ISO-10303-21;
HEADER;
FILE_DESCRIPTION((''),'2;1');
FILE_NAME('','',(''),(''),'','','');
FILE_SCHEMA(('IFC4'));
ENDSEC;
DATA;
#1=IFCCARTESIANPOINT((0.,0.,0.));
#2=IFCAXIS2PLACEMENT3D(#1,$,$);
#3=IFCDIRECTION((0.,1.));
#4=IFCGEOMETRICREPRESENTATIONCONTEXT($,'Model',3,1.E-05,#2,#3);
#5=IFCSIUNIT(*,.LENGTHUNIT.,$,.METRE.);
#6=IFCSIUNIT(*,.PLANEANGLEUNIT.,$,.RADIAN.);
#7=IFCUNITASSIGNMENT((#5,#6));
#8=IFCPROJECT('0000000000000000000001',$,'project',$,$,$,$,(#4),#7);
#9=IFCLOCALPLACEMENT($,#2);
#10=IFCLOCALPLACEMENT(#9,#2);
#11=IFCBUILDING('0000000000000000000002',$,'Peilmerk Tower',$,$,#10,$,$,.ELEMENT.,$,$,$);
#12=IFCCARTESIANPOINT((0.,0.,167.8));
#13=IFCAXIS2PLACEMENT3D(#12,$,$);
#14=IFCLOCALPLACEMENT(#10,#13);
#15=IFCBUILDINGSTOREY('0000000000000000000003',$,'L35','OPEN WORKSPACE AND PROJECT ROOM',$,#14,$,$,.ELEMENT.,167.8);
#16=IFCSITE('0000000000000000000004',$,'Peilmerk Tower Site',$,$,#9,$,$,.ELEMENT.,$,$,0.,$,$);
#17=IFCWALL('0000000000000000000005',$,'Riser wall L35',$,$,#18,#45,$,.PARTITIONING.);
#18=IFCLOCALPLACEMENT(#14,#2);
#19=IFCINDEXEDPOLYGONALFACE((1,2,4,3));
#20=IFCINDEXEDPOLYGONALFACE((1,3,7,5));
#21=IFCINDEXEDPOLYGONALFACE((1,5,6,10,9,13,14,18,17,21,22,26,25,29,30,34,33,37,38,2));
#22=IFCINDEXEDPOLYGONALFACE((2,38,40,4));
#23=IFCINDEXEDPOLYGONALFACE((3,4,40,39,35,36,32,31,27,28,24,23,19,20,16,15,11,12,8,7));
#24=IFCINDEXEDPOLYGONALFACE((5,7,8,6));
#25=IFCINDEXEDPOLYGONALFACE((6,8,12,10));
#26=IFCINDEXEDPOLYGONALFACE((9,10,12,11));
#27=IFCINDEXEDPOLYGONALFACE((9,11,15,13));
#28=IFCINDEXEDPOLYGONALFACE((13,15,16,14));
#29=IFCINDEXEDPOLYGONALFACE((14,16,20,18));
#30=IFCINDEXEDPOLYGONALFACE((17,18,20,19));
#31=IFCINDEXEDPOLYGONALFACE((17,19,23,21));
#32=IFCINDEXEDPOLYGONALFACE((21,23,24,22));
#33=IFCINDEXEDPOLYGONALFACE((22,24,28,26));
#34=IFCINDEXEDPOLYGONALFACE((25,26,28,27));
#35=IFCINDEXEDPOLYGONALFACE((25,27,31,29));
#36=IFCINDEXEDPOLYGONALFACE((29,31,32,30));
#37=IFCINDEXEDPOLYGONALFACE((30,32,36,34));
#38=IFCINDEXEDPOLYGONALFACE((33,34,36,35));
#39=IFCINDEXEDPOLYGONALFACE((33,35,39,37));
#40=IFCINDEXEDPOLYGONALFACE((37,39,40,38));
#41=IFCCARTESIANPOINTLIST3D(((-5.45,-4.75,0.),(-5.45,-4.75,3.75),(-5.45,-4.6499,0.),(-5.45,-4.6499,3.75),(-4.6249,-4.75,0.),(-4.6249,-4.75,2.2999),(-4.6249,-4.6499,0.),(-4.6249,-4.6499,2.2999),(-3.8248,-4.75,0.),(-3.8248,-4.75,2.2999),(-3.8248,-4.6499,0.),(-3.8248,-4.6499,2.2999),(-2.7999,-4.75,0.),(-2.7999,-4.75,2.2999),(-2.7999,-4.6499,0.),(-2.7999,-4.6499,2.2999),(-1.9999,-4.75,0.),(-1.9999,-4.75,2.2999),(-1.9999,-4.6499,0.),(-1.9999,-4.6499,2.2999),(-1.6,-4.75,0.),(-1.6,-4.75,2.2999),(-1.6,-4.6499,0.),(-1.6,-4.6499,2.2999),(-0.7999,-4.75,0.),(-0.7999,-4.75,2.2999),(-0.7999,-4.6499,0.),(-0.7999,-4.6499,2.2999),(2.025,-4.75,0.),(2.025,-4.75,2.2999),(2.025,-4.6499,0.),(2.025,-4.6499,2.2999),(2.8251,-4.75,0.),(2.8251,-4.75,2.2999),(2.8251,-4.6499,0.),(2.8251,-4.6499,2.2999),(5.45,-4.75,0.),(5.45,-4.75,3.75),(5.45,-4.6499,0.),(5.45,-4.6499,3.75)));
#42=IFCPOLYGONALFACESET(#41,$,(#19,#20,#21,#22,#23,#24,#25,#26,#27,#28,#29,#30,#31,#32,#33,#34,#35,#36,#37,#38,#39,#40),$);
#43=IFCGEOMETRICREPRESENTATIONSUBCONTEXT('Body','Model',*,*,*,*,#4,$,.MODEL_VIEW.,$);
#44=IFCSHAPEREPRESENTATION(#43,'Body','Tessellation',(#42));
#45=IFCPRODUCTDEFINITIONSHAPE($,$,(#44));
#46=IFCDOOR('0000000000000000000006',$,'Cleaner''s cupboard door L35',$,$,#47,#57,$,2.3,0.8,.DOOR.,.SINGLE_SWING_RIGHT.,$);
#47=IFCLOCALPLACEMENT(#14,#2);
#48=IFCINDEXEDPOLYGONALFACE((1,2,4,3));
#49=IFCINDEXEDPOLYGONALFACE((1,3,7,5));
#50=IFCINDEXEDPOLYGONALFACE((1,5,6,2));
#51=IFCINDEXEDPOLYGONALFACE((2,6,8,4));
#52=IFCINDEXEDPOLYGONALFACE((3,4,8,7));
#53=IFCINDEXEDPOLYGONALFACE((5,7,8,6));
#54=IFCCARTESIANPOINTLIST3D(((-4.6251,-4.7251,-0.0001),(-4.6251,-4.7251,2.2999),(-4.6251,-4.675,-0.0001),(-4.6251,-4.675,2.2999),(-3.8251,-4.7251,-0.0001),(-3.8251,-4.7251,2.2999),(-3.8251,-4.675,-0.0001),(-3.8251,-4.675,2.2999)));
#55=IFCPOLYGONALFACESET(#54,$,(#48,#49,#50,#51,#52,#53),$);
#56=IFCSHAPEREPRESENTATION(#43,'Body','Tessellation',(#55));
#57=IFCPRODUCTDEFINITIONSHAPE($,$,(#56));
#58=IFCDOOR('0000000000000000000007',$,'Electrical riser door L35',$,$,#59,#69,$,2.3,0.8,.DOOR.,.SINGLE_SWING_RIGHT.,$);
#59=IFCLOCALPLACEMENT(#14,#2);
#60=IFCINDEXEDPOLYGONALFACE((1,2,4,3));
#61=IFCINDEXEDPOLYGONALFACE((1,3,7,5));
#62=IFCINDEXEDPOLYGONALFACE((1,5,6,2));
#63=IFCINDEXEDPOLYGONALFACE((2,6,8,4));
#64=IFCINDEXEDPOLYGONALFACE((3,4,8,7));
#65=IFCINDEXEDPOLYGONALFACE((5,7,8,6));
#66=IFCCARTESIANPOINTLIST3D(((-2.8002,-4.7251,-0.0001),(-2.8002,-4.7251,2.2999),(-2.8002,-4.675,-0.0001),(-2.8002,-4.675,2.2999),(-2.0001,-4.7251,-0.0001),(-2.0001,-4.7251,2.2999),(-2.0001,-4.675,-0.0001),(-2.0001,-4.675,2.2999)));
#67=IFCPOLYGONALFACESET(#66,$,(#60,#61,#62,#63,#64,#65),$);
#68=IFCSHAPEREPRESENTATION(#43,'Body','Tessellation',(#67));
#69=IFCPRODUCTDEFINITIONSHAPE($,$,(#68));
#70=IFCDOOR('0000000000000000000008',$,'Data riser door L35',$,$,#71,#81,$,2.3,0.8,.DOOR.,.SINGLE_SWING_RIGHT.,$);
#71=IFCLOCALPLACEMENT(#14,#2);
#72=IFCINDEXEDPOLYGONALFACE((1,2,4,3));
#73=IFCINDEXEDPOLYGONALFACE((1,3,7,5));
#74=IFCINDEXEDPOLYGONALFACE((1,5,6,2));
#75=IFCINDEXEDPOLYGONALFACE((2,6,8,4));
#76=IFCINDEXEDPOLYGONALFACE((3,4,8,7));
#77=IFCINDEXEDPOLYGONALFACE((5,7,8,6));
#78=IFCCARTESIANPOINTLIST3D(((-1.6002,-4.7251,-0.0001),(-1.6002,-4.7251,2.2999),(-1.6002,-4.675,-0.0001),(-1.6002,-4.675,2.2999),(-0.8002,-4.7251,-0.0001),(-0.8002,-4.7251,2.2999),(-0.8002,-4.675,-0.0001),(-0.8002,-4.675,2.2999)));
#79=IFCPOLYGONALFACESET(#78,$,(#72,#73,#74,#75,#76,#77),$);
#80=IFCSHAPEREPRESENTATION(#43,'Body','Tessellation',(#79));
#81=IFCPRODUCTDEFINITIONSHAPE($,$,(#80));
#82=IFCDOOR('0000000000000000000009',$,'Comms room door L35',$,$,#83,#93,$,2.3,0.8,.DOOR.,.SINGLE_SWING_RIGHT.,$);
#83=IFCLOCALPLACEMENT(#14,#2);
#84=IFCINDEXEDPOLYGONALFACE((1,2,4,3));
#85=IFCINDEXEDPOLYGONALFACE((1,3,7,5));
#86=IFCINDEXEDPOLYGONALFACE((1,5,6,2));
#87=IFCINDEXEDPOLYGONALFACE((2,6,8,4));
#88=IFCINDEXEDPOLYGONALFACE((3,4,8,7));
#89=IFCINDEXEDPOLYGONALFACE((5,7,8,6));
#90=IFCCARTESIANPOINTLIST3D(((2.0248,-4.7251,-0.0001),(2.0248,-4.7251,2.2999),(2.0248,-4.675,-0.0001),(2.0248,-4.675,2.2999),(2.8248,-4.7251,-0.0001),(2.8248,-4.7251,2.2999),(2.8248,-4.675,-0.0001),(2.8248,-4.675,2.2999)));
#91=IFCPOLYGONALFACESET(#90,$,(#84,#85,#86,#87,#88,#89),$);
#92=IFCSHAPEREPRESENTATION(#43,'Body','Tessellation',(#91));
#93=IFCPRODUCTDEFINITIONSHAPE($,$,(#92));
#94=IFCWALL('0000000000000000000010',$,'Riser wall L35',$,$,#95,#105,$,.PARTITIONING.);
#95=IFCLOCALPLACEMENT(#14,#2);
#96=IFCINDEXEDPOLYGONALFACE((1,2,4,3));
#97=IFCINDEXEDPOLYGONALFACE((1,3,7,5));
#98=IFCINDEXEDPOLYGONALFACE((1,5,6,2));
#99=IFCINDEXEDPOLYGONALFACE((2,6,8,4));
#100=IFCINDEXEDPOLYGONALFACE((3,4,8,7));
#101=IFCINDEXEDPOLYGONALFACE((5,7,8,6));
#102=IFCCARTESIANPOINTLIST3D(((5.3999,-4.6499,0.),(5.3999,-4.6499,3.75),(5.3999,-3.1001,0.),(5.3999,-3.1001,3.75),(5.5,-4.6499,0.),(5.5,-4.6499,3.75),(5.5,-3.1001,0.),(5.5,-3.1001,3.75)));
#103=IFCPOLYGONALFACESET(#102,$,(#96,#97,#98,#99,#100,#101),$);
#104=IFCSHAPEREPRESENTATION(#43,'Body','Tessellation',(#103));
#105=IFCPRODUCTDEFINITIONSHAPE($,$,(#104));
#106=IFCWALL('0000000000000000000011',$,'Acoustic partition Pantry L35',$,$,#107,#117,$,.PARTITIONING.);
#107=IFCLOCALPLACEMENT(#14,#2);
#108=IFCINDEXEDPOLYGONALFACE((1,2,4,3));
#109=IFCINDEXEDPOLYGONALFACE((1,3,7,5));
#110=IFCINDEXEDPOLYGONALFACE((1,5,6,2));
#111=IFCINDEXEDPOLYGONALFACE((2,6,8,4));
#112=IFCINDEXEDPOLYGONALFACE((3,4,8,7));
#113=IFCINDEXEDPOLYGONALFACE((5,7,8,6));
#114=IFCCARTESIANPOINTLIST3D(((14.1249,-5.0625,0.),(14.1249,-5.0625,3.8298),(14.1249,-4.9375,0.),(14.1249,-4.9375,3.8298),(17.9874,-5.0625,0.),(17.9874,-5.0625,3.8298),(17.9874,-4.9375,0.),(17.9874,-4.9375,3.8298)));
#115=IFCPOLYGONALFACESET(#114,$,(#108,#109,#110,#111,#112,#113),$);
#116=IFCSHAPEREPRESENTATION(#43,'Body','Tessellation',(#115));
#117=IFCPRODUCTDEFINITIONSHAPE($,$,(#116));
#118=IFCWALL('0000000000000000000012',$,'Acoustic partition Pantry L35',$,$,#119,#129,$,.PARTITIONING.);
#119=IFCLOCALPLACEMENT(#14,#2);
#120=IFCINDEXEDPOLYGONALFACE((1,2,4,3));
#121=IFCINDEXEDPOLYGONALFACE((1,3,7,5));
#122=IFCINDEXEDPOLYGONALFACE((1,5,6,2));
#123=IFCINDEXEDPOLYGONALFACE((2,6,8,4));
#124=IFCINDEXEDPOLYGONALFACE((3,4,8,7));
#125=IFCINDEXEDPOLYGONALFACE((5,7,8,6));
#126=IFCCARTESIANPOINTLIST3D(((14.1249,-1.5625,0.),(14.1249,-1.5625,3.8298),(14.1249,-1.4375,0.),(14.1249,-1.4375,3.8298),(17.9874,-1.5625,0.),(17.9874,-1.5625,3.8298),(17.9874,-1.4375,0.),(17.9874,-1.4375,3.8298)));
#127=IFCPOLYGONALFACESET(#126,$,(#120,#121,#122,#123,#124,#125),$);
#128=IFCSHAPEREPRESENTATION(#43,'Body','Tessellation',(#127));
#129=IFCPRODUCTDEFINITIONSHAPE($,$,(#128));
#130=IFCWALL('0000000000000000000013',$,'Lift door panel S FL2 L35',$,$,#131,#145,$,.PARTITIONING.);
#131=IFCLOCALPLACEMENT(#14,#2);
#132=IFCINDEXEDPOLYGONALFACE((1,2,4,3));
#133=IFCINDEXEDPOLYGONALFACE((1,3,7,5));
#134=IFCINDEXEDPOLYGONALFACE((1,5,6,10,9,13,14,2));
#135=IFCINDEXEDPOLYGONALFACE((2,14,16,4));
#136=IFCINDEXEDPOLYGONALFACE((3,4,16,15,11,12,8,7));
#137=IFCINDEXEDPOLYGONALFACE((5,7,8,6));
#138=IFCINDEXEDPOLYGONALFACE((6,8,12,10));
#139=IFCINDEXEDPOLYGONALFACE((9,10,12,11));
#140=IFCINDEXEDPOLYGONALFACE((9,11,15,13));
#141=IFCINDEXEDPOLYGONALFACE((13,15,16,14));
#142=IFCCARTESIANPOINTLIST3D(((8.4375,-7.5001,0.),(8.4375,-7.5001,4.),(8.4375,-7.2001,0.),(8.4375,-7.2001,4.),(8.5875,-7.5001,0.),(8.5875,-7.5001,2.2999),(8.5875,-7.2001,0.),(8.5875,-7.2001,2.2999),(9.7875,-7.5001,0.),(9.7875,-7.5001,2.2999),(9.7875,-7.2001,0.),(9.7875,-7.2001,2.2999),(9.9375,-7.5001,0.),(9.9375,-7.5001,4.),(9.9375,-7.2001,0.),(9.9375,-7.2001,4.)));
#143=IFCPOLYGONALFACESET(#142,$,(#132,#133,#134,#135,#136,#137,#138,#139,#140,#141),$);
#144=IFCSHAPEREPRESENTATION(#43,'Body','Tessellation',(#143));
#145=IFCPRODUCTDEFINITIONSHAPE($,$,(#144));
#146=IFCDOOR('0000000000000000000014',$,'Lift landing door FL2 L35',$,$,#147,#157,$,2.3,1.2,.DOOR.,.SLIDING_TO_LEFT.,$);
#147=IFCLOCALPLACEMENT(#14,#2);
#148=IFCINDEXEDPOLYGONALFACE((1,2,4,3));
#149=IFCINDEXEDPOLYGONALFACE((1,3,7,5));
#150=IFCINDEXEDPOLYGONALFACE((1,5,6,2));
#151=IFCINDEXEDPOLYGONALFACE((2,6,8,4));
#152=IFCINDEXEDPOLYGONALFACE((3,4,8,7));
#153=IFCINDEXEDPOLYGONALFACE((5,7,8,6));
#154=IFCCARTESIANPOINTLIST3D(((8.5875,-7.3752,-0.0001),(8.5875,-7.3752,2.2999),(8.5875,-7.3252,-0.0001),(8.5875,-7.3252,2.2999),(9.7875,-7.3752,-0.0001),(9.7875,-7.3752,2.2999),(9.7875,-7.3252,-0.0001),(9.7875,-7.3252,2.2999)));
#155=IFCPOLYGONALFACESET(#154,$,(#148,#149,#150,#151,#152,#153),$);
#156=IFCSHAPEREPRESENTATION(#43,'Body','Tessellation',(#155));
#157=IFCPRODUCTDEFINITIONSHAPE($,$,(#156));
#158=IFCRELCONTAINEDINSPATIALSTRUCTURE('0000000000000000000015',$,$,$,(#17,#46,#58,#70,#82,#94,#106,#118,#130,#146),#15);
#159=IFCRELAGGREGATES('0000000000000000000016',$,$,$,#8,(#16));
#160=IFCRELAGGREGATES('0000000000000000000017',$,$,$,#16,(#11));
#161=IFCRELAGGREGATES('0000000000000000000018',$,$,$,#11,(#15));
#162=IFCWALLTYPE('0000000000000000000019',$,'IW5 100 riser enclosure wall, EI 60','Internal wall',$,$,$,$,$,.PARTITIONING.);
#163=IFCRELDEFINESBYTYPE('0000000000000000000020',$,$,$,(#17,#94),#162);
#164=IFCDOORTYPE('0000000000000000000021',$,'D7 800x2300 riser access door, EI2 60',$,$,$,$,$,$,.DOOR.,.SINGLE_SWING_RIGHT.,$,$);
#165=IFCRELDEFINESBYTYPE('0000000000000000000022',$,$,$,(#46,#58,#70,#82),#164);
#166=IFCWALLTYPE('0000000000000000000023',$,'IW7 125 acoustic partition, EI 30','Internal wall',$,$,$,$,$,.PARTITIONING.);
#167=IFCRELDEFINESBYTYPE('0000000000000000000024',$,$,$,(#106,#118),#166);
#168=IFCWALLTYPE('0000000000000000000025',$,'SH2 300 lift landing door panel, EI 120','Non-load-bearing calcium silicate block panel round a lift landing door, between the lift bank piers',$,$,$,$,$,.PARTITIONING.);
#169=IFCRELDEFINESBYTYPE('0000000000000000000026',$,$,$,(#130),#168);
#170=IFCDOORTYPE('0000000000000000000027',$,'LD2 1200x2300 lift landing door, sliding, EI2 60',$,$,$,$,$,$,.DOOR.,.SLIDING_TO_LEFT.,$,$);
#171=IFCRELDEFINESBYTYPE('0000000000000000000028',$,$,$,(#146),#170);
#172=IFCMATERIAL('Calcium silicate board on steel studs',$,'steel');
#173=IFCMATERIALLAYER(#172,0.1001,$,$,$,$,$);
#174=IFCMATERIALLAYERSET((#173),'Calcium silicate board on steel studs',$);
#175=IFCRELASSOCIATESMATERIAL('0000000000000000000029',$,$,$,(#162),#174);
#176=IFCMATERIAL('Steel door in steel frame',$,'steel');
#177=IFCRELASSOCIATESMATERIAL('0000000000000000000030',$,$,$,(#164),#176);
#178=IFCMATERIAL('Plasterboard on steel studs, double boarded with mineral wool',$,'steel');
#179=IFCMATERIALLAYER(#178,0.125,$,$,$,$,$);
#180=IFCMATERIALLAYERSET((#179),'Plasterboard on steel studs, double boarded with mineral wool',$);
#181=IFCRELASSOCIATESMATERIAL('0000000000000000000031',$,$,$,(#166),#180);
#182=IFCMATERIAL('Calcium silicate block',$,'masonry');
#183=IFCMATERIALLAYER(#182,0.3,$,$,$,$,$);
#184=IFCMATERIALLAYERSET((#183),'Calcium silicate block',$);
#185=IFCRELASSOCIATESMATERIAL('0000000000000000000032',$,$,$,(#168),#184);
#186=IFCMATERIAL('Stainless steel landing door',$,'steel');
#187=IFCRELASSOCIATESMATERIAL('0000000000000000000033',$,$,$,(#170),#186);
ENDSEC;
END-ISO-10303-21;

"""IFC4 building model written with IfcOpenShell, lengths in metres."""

from ifc_helpers import new_model, si_unit, direction, frame, frame_2d, origin, place, context, subcontext, project, spatial, rectangle, extrude, material, layer, layer_set, type_object, element, fill, save


model = new_model("IFC4")

# Units and contexts
model_context = context("Model", 3, precision=1e-05, world=origin(), true_north=direction((0.0, 1.0)))
body_context = subcontext(model_context, "Body", "Model", "MODEL_VIEW")
ifc_project = project(units=[si_unit("LENGTHUNIT", "METRE"), si_unit("PLANEANGLEUNIT", "RADIAN")], contexts=[model_context])

# Site, building, storey
site_placement = place(None, origin())
site = spatial("IfcSite", under=ifc_project, at=site_placement, Name="Peilmerk Tower Site", CompositionType="ELEMENT", RefElevation=0.0)
building_placement = place(site_placement, origin())
building = spatial("IfcBuilding", under=site, at=building_placement, Name="Peilmerk Tower", CompositionType="ELEMENT")
storey_placement = place(building_placement, frame((0.0, 0.0, 167.8)))
storey = spatial("IfcBuildingStorey", under=building, at=storey_placement, Name="L35", Description="OPEN WORKSPACE AND PROJECT ROOM", CompositionType="ELEMENT", Elevation=167.8)

# Shared definitions
ifc_material_1 = material(Name="Steel door in steel frame", Category="steel")

# Shared definitions
ifc_material_2 = material(Name="Calcium silicate board on steel studs", Category="steel")
ifc_layer_1 = layer(ifc_material_2, 0.1001)
ifc_layer_set_1 = layer_set([ifc_layer_1], Name="Calcium silicate board on steel studs")
wall_type_1 = type_object("IfcWallType", Name="IW5 100 riser enclosure wall, EI 60", Description="Internal wall", PredefinedType="PARTITIONING", material=ifc_layer_set_1)

# Wall, openings, doors
wall_1_placement = place(storey_placement, frame((5.45, -4.7, 0.0), z_axis=(0.0, 0.0, 1.0), x_axis=(-1.0, 0.0, 0.0)))
wall_1 = element("IfcWall", 1, at=wall_1_placement, inside=storey, type_object=wall_type_1, Name="Riser wall L35", PredefinedType="PARTITIONING", context=body_context, shape_type="SweptSolid", body=[
    extrude(rectangle(XDim=10.8999, YDim=0.1001, at=frame_2d((5.45, 0.0))), origin(), (0.0, 0.0, 1.0), 3.75),
])
opening_1_placement = place(wall_1_placement, frame((9.2749, 0.0, 0.0)))
opening_1 = element("IfcOpeningElement", 2, at=opening_1_placement, cuts=wall_1, PredefinedType="OPENING", context=body_context, shape_type="SweptSolid", body=[
    extrude(rectangle(XDim=0.8, YDim=2.3, at=frame_2d((0.3999, 1.1499))), frame((0.0, 0.0601, 0.0), z_axis=(0.0, -1.0, 0.0), x_axis=(1.0, 0.0, 0.0)), (0.0, 0.0, 1.0), 0.1201),
])
opening_2_placement = place(wall_1_placement, frame((7.45, 0.0, 0.0)))
opening_2 = element("IfcOpeningElement", 3, at=opening_2_placement, cuts=wall_1, PredefinedType="OPENING", context=body_context, shape_type="SweptSolid", body=[
    extrude(rectangle(XDim=0.8, YDim=2.3, at=frame_2d((0.3999, 1.1499))), frame((0.0, 0.0601, 0.0), z_axis=(0.0, -1.0, 0.0), x_axis=(1.0, 0.0, 0.0)), (0.0, 0.0, 1.0), 0.1201),
])
opening_3_placement = place(wall_1_placement, frame((6.25, 0.0, 0.0)))
opening_3 = element("IfcOpeningElement", 4, at=opening_3_placement, cuts=wall_1, PredefinedType="OPENING", context=body_context, shape_type="SweptSolid", body=[
    extrude(rectangle(XDim=0.8, YDim=2.3, at=frame_2d((0.3999, 1.1499))), frame((0.0, 0.0601, 0.0), z_axis=(0.0, -1.0, 0.0), x_axis=(1.0, 0.0, 0.0)), (0.0, 0.0, 1.0), 0.1201),
])
opening_4_placement = place(wall_1_placement, frame((2.625, 0.0, 0.0)))
opening_4 = element("IfcOpeningElement", 5, at=opening_4_placement, cuts=wall_1, PredefinedType="OPENING", context=body_context, shape_type="SweptSolid", body=[
    extrude(rectangle(XDim=0.8, YDim=2.3, at=frame_2d((0.3999, 1.1499))), frame((0.0, 0.0601, 0.0), z_axis=(0.0, -1.0, 0.0), x_axis=(1.0, 0.0, 0.0)), (0.0, 0.0, 1.0), 0.1201),
])
door_type_1 = type_object("IfcDoorType", Name="D7 800x2300 riser access door, EI2 60", OperationType="SINGLE_SWING_RIGHT", PredefinedType="DOOR", material=ifc_material_1)
door_1_placement = place(opening_1_placement, frame((0.8, 0.0, 0.0), z_axis=(0.0, 0.0, 1.0), x_axis=(-1.0, 0.0, 0.0)))
door_1 = element("IfcDoor", 6, at=door_1_placement, inside=storey, type_object=door_type_1, Name="Cleaner's cupboard door L35", OperationType="SINGLE_SWING_RIGHT", OverallHeight=2.3, OverallWidth=0.8, PredefinedType="DOOR", context=body_context, shape_type="SweptSolid", body=[
    extrude(rectangle(XDim=0.8, YDim=2.3, at=frame_2d((0.3999, 1.1499))), frame((0.0, 0.0249, 0.0), z_axis=(0.0, -1.0, 0.0), x_axis=(1.0, 0.0, 0.0)), (0.0, 0.0, 1.0), 0.05),
])
fill(opening_1, door_1)
door_2_placement = place(opening_2_placement, frame((0.8, 0.0, 0.0), z_axis=(0.0, 0.0, 1.0), x_axis=(-1.0, 0.0, 0.0)))
door_2 = element("IfcDoor", 7, at=door_2_placement, inside=storey, type_object=door_type_1, Name="Electrical riser door L35", OperationType="SINGLE_SWING_RIGHT", OverallHeight=2.3, OverallWidth=0.8, PredefinedType="DOOR", context=body_context, shape_type="SweptSolid", body=[
    extrude(rectangle(XDim=0.8, YDim=2.3, at=frame_2d((0.3999, 1.1499))), frame((0.0, 0.0249, 0.0), z_axis=(0.0, -1.0, 0.0), x_axis=(1.0, 0.0, 0.0)), (0.0, 0.0, 1.0), 0.05),
])
fill(opening_2, door_2)
door_3_placement = place(opening_3_placement, frame((0.8, 0.0, 0.0), z_axis=(0.0, 0.0, 1.0), x_axis=(-1.0, 0.0, 0.0)))
door_3 = element("IfcDoor", 8, at=door_3_placement, inside=storey, type_object=door_type_1, Name="Data riser door L35", OperationType="SINGLE_SWING_RIGHT", OverallHeight=2.3, OverallWidth=0.8, PredefinedType="DOOR", context=body_context, shape_type="SweptSolid", body=[
    extrude(rectangle(XDim=0.8, YDim=2.3, at=frame_2d((0.3999, 1.1499))), frame((0.0, 0.0249, 0.0), z_axis=(0.0, -1.0, 0.0), x_axis=(1.0, 0.0, 0.0)), (0.0, 0.0, 1.0), 0.05),
])
fill(opening_3, door_3)
door_4_placement = place(opening_4_placement, frame((0.8, 0.0, 0.0), z_axis=(0.0, 0.0, 1.0), x_axis=(-1.0, 0.0, 0.0)))
door_4 = element("IfcDoor", 9, at=door_4_placement, inside=storey, type_object=door_type_1, Name="Comms room door L35", OperationType="SINGLE_SWING_RIGHT", OverallHeight=2.3, OverallWidth=0.8, PredefinedType="DOOR", context=body_context, shape_type="SweptSolid", body=[
    extrude(rectangle(XDim=0.8, YDim=2.3, at=frame_2d((0.3999, 1.1499))), frame((0.0, 0.0249, 0.0), z_axis=(0.0, -1.0, 0.0), x_axis=(1.0, 0.0, 0.0)), (0.0, 0.0, 1.0), 0.05),
])
fill(opening_4, door_4)

# Walls
wall_2_placement = place(storey_placement, frame((5.45, -3.1001, 0.0), z_axis=(0.0, 0.0, 1.0), x_axis=(0.0, -1.0, 0.0)))
element("IfcWall", 10, at=wall_2_placement, inside=storey, type_object=wall_type_1, Name="Riser wall L35", PredefinedType="PARTITIONING", context=body_context, shape_type="SweptSolid", body=[
    extrude(rectangle(XDim=1.5498, YDim=0.1001, at=frame_2d((0.7749, 0.0))), origin(), (0.0, 0.0, 1.0), 3.75),
])
ifc_material_3 = material(Name="Plasterboard on steel studs, double boarded with mineral wool", Category="steel")
ifc_layer_2 = layer(ifc_material_3, 0.125)
ifc_layer_set_2 = layer_set([ifc_layer_2], Name="Plasterboard on steel studs, double boarded with mineral wool")
wall_type_2 = type_object("IfcWallType", Name="IW7 125 acoustic partition, EI 30", Description="Internal wall", PredefinedType="PARTITIONING", material=ifc_layer_set_2)
for number, where, z_axis, x_axis, name in (
    (11, (14.125, -5.0, 0.0), (0.0, 0.0, 1.0), (1.0, 0.0, 0.0), "Acoustic partition Pantry L35"),
    (12, (14.125, -1.5, 0.0), (0.0, 0.0, 1.0), (1.0, 0.0, 0.0), "Acoustic partition Pantry L35"),
):
    element("IfcWall", number, at=place(storey_placement, frame(where, z_axis=z_axis, x_axis=x_axis)), inside=storey, type_object=wall_type_2, Name=name, PredefinedType="PARTITIONING", context=body_context, shape_type="SweptSolid", body=[
        extrude(rectangle(XDim=3.8625, YDim=0.125, at=frame_2d((1.9312, 0.0))), origin(), (0.0, 0.0, 1.0), 3.8298),
    ])

# Wall, opening, door
ifc_material_4 = material(Name="Calcium silicate block", Category="masonry")
ifc_layer_3 = layer(ifc_material_4, 0.3)
ifc_layer_set_3 = layer_set([ifc_layer_3], Name="Calcium silicate block")
wall_type_3 = type_object("IfcWallType", Name="SH2 300 lift landing door panel, EI 120", Description="Non-load-bearing calcium silicate block panel round a lift landing door, between the lift bank piers", PredefinedType="PARTITIONING", material=ifc_layer_set_3)
wall_3_placement = place(storey_placement, frame((8.4375, -7.3501, 0.0), z_axis=(0.0, 0.0, 1.0), x_axis=(1.0, 0.0, 0.0)))
wall_3 = element("IfcWall", 13, at=wall_3_placement, inside=storey, type_object=wall_type_3, Name="Lift door panel S FL2 L35", PredefinedType="PARTITIONING", context=body_context, shape_type="SweptSolid", body=[
    extrude(rectangle(XDim=1.5, YDim=0.3, at=frame_2d((0.75, 0.0))), origin(), (0.0, 0.0, 1.0), 4.0),
])
opening_5_placement = place(wall_3_placement, frame((0.1499, 0.0, 0.0)))
opening_5 = element("IfcOpeningElement", 14, at=opening_5_placement, cuts=wall_3, PredefinedType="OPENING", context=body_context, shape_type="SweptSolid", body=[
    extrude(rectangle(XDim=1.2, YDim=2.3, at=frame_2d((0.6001, 1.1499))), frame((0.0, 0.1599, 0.0), z_axis=(0.0, -1.0, 0.0), x_axis=(1.0, 0.0, 0.0)), (0.0, 0.0, 1.0), 0.3201),
])
ifc_material_5 = material(Name="Stainless steel landing door", Category="steel")
door_type_2 = type_object("IfcDoorType", Name="LD2 1200x2300 lift landing door, sliding, EI2 60", OperationType="SLIDING_TO_LEFT", PredefinedType="DOOR", material=ifc_material_5)
door_5_placement = place(opening_5_placement, origin())
door_5 = element("IfcDoor", 15, at=door_5_placement, inside=storey, type_object=door_type_2, Name="Lift landing door FL2 L35", OperationType="SLIDING_TO_LEFT", OverallHeight=2.3, OverallWidth=1.2, PredefinedType="DOOR", context=body_context, shape_type="SweptSolid", body=[
    extrude(rectangle(XDim=1.2, YDim=2.3, at=frame_2d((0.6001, 1.1499))), frame((0.0, 0.0249, 0.0), z_axis=(0.0, -1.0, 0.0), x_axis=(1.0, 0.0, 0.0)), (0.0, 0.0, 1.0), 0.05),
])
fill(opening_5, door_5)

save(model, "model.ifc")
